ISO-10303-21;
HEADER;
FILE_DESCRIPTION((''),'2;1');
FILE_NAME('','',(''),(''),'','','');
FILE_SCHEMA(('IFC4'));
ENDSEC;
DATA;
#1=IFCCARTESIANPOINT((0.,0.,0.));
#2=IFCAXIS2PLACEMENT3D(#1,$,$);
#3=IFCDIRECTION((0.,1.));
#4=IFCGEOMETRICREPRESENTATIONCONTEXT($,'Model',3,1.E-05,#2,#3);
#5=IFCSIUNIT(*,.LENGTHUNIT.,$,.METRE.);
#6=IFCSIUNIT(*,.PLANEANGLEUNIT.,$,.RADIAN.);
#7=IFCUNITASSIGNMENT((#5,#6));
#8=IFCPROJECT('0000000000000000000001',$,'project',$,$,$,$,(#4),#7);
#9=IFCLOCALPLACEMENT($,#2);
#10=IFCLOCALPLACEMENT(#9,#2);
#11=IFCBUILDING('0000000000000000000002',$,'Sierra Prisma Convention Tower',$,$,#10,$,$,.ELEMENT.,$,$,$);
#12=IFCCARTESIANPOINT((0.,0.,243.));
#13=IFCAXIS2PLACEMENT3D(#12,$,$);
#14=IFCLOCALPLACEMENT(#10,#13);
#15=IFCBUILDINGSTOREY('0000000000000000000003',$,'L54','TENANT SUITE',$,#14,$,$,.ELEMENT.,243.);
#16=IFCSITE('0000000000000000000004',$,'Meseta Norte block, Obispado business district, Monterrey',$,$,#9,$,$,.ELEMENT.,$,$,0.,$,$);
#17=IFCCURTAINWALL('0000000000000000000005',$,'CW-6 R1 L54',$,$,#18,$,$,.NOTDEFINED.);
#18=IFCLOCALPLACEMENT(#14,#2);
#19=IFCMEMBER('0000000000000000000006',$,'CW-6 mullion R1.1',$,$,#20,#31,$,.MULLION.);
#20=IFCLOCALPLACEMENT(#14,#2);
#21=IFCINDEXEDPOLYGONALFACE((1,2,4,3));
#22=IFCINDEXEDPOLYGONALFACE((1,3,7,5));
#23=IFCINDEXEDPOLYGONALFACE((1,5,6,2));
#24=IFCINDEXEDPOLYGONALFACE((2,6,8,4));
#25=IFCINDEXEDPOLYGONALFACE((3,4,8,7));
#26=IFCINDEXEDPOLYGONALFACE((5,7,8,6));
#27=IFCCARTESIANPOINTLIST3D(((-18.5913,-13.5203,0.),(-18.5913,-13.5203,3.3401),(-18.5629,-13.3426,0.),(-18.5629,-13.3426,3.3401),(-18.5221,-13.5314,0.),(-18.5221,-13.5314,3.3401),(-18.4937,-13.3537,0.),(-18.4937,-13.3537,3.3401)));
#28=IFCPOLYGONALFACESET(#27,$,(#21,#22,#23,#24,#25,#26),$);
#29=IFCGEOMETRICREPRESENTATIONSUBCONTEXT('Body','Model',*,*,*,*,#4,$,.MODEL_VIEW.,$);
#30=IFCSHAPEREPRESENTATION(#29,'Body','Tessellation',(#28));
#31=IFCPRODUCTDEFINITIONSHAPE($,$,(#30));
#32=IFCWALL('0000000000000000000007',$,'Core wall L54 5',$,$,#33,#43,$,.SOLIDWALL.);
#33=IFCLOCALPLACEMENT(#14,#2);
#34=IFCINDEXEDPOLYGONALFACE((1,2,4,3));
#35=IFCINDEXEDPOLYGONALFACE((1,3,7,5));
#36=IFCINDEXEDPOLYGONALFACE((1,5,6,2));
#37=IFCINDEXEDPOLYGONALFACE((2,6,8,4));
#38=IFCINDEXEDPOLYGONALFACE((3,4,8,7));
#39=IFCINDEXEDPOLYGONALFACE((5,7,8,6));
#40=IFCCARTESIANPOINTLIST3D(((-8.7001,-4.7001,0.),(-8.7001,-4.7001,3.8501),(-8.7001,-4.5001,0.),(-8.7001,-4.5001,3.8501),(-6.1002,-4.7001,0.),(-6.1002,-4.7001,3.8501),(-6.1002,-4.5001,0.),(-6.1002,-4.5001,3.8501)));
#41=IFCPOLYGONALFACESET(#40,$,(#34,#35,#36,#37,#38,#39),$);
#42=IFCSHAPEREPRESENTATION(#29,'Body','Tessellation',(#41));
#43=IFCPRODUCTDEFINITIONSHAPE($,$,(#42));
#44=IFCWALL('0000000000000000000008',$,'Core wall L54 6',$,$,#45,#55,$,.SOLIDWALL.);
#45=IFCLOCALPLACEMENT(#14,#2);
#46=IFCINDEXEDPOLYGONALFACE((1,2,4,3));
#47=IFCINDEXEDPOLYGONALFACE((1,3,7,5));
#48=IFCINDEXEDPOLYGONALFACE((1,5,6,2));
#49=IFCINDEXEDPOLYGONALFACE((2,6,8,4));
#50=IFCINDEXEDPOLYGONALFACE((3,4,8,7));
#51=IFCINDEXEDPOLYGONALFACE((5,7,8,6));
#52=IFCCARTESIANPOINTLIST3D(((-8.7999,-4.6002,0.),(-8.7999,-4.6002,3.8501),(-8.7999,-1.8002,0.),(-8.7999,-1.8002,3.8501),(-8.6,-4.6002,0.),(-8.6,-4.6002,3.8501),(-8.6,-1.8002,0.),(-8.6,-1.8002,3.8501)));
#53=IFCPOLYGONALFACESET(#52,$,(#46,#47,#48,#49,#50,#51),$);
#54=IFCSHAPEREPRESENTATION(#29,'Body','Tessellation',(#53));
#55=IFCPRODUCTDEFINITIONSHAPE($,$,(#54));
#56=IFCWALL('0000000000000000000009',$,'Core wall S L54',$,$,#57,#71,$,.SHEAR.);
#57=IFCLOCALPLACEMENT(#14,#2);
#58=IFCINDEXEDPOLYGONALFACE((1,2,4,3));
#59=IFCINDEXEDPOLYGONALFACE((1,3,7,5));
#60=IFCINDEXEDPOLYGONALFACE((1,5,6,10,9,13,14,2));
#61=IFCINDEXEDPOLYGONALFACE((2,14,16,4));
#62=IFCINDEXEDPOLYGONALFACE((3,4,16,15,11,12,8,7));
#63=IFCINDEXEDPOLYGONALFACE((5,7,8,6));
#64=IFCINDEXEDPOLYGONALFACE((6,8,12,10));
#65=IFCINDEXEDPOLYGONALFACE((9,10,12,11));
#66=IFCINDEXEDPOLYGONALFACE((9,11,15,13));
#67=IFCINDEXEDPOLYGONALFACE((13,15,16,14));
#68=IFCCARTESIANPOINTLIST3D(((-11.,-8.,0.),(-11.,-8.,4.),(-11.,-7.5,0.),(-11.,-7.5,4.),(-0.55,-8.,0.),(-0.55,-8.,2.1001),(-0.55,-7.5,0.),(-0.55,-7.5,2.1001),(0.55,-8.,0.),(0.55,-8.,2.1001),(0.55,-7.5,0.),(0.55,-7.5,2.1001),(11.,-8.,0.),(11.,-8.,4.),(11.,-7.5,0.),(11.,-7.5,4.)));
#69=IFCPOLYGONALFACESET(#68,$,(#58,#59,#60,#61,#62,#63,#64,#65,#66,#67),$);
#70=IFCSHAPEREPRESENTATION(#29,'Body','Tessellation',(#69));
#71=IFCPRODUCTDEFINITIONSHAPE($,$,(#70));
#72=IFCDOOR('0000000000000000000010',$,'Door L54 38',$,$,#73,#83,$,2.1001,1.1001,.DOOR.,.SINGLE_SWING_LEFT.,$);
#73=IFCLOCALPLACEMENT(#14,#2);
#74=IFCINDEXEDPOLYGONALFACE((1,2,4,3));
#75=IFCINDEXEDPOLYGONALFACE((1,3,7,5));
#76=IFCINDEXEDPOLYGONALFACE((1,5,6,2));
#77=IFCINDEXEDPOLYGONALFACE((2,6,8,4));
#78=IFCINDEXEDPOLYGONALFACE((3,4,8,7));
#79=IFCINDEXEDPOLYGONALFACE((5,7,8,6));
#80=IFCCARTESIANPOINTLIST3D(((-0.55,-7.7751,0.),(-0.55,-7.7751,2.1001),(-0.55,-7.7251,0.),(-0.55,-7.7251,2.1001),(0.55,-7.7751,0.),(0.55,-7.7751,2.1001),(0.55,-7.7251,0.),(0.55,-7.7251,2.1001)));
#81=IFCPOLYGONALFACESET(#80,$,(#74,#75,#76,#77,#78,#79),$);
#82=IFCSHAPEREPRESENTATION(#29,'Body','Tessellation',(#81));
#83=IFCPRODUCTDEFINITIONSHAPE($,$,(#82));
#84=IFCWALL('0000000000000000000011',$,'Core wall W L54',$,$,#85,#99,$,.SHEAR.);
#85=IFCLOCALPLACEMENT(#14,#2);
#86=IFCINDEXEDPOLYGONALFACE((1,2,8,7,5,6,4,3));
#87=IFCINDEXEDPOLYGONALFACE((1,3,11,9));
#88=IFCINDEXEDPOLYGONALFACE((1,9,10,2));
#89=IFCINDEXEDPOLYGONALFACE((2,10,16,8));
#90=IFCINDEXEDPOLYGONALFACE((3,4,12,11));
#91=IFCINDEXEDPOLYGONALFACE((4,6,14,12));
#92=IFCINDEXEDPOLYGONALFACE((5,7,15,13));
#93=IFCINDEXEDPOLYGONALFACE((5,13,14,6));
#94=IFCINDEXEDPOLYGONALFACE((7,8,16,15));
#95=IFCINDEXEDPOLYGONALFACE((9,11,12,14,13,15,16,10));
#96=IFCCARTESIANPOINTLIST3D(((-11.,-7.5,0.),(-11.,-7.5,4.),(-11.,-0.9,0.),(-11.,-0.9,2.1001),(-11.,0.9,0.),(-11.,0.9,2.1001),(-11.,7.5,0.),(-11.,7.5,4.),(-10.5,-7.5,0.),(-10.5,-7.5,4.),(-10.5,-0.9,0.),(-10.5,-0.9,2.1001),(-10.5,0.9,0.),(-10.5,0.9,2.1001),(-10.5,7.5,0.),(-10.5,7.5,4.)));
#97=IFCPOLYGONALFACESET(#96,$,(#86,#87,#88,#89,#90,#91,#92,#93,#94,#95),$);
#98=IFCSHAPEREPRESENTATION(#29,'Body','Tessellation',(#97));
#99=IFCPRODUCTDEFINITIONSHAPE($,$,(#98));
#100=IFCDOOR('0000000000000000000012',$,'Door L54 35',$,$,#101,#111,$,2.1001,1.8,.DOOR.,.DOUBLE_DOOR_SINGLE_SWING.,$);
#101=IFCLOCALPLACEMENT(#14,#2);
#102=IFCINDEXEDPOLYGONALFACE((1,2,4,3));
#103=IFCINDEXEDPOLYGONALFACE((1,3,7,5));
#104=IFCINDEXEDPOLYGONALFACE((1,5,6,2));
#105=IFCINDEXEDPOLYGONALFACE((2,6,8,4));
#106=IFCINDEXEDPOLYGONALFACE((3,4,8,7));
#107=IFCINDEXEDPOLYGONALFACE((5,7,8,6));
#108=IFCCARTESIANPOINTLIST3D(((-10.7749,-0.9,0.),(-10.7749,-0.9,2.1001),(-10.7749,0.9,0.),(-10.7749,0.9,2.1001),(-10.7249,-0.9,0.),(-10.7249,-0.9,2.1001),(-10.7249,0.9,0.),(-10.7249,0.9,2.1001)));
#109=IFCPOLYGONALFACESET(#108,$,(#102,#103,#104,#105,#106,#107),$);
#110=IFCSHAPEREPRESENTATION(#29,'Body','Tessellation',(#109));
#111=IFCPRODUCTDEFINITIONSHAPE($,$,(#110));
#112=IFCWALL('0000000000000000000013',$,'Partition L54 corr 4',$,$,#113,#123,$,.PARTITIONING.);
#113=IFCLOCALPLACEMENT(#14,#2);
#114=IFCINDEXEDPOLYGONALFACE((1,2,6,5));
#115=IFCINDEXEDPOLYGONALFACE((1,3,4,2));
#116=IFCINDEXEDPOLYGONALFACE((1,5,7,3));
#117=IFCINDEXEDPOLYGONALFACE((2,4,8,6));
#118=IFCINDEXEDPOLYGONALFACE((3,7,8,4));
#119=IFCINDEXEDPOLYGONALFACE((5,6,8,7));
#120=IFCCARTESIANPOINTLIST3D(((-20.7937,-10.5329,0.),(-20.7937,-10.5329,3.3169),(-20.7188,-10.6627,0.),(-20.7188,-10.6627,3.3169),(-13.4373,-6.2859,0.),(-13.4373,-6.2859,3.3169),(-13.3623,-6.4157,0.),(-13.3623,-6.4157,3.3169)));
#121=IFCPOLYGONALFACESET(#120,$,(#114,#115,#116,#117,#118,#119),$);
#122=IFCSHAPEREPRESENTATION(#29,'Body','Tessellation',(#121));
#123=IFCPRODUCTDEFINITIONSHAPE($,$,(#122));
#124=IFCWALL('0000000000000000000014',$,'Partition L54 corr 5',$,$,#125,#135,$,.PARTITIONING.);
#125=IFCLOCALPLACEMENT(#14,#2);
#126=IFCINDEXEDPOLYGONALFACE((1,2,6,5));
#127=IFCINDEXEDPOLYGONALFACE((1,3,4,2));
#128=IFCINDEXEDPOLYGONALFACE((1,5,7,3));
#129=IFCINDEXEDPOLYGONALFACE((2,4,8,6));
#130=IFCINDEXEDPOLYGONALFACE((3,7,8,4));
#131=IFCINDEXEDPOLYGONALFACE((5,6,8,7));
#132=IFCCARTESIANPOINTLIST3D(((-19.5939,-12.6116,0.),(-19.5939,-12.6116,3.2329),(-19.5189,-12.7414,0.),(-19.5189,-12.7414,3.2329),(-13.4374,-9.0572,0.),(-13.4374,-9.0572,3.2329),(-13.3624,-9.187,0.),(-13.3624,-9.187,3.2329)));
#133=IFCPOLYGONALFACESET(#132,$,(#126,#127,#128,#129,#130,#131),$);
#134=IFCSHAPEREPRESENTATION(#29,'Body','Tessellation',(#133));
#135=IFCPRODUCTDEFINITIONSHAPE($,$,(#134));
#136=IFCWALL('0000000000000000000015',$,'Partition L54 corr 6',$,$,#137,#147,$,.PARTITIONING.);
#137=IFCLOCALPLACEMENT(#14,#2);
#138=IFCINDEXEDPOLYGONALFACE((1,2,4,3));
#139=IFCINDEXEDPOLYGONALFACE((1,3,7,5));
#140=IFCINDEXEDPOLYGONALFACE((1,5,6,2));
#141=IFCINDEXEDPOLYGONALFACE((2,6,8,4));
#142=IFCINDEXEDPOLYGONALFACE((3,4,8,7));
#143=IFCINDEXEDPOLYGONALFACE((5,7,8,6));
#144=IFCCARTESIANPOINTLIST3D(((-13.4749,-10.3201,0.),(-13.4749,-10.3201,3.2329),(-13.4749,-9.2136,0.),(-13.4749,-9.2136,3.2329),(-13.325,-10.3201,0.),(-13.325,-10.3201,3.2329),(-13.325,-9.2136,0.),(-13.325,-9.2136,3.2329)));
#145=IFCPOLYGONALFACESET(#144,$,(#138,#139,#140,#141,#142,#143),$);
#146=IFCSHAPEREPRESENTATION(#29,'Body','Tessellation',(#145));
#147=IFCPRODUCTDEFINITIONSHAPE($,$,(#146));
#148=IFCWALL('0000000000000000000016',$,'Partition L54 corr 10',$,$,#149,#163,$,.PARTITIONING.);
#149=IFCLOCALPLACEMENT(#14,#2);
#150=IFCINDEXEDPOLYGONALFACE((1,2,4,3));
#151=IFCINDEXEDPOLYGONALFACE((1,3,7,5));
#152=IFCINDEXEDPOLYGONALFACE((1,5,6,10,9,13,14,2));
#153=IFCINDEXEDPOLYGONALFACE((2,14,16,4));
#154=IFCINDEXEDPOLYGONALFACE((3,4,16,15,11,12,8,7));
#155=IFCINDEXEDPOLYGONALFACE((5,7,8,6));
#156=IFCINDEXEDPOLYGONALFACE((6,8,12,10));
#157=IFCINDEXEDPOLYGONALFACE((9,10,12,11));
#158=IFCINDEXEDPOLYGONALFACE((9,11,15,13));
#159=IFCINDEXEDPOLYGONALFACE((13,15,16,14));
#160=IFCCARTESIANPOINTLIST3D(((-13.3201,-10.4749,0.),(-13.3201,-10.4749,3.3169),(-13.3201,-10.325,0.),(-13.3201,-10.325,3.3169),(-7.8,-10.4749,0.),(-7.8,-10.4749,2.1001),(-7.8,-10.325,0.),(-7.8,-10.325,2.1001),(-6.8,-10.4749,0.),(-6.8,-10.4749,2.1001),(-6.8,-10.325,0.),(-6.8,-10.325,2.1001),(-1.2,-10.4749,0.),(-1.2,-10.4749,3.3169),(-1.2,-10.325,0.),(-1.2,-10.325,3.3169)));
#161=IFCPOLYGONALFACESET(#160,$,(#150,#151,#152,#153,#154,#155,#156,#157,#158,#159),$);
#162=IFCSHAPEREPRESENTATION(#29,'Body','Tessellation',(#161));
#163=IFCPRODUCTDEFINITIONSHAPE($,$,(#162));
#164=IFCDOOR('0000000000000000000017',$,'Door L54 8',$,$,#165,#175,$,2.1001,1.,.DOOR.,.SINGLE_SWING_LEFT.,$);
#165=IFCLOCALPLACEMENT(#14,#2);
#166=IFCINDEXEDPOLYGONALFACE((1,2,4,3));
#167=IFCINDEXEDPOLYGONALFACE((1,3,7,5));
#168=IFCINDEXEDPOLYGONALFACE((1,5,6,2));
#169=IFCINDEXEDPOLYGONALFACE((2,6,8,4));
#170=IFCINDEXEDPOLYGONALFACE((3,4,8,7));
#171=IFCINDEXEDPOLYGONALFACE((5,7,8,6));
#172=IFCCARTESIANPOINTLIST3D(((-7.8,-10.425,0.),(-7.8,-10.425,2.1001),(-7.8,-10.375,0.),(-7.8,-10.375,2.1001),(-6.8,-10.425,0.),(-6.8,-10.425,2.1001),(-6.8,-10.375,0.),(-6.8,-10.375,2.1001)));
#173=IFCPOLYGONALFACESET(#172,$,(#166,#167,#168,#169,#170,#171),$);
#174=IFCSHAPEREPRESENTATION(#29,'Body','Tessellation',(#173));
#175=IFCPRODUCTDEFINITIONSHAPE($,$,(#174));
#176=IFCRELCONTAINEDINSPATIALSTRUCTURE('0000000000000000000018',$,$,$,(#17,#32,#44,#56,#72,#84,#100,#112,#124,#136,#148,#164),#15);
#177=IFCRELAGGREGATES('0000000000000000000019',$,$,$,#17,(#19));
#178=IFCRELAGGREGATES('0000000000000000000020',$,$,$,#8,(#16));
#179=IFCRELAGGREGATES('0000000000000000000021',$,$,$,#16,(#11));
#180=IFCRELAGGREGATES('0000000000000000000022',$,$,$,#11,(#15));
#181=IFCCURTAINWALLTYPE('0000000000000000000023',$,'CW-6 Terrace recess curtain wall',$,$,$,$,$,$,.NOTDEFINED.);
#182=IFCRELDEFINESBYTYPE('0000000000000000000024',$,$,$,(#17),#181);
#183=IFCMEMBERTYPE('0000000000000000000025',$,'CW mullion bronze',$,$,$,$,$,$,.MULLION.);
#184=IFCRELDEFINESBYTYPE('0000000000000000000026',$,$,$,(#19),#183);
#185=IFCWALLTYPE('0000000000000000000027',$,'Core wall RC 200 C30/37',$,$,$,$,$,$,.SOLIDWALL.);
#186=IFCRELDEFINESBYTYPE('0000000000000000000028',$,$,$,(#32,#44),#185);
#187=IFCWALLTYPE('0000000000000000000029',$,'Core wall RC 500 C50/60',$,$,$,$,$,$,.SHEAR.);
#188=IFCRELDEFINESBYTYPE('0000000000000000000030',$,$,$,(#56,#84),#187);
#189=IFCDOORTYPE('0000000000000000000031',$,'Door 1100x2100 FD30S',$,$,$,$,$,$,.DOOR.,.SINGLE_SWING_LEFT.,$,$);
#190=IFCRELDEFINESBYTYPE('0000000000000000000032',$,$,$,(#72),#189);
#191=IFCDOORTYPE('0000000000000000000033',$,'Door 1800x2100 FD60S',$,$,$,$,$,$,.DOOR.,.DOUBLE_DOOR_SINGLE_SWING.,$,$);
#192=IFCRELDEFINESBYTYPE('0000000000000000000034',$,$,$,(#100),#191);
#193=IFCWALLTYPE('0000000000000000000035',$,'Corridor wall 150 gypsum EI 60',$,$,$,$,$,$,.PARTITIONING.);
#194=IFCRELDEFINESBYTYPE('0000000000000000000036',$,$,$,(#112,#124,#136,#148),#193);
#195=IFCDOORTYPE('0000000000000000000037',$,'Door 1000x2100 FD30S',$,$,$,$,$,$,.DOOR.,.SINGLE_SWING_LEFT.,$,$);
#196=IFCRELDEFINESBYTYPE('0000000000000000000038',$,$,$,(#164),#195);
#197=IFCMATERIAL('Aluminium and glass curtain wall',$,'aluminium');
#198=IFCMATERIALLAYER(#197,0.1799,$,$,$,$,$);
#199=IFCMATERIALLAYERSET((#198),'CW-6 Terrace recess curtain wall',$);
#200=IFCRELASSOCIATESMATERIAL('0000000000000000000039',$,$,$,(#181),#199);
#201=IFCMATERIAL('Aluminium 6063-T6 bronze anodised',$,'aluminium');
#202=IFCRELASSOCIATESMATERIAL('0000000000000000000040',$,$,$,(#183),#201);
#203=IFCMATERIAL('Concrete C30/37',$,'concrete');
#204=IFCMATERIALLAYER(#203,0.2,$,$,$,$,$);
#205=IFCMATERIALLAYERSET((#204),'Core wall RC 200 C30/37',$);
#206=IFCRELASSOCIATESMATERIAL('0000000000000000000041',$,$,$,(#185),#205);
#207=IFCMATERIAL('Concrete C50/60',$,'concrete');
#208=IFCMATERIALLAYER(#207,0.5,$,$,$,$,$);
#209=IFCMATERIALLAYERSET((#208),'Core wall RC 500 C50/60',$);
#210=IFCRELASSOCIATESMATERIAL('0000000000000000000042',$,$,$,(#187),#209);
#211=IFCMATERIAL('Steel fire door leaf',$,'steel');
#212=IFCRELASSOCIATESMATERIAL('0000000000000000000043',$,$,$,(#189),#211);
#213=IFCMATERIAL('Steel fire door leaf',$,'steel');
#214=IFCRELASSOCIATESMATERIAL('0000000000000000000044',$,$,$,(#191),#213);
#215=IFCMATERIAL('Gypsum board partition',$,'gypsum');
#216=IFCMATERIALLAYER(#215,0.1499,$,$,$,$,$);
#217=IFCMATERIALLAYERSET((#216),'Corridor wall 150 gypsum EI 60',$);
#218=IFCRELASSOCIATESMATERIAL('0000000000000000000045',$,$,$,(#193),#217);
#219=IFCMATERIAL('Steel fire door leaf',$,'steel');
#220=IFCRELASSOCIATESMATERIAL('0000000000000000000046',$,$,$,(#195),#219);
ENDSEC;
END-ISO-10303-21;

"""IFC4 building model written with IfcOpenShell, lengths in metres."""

from ifc_helpers import new_model, si_unit, direction, frame, frame_2d, origin, origin_2d, place, context, subcontext, project, spatial, rectangle, extrude, material, layer, layer_set, material_profile, profile_set, type_object, element, fill, aggregate, save


model = new_model("IFC4")

# Units and contexts
model_context = context("Model", 3, precision=1e-05, world=origin(), true_north=direction((0.0, 1.0)))
body_context = subcontext(model_context, "Body", "Model", "MODEL_VIEW")
ifc_project = project(units=[si_unit("LENGTHUNIT", "METRE"), si_unit("PLANEANGLEUNIT", "RADIAN")], contexts=[model_context])

# Site, building, storey
site_placement = place(None, origin())
site = spatial("IfcSite", under=ifc_project, at=site_placement, Name="Meseta Norte block, Obispado business district, Monterrey", CompositionType="ELEMENT", RefElevation=0.0)
building_placement = place(site_placement, origin())
building = spatial("IfcBuilding", under=site, at=building_placement, Name="Sierra Prisma Convention Tower", CompositionType="ELEMENT")
storey_placement = place(building_placement, frame((0.0, 0.0, 243.0)))
storey = spatial("IfcBuildingStorey", under=building, at=storey_placement, Name="L54", Description="TENANT SUITE", CompositionType="ELEMENT", Elevation=243.0)

# Curtain wall, member
ifc_material_1 = material(Name="Aluminium and glass curtain wall", Category="aluminium")
ifc_layer_1 = layer(ifc_material_1, 0.1799)
ifc_layer_set_1 = layer_set([ifc_layer_1], Name="CW-6 Terrace recess curtain wall")
curtain_wall_type = type_object("IfcCurtainWallType", Name="CW-6 Terrace recess curtain wall", PredefinedType="NOTDEFINED", material=ifc_layer_set_1)
curtain_wall_placement = place(storey_placement, origin())
curtain_wall = element("IfcCurtainWall", 1, at=curtain_wall_placement, inside=storey, type_object=curtain_wall_type, Name="CW-6 R1 L54", PredefinedType="NOTDEFINED")
ifc_material_2 = material(Name="Aluminium 6063-T6 bronze anodised", Category="aluminium")
ifc_material_profile = material_profile(ifc_material_2, rectangle(XDim=0.1799, YDim=0.0701, at=origin_2d()), Name="ALU MULLION 70x180")
ifc_profile_set = profile_set([ifc_material_profile], Name="Aluminium 6063-T6 bronze anodised")
member_type = type_object("IfcMemberType", Name="CW mullion bronze", PredefinedType="MULLION", material=ifc_profile_set)
member_placement = place(storey_placement, frame((-18.5425, -13.437, 0.0), z_axis=(0.0, 0.0, 1.0), x_axis=(0.157853, 0.987463, 0.0)))
member = element("IfcMember", 2, at=member_placement, type_object=member_type, Name="CW-6 mullion R1.1", PredefinedType="MULLION", context=body_context, shape_type="SweptSolid", body=[
    extrude(rectangle(XDim=0.1799, YDim=0.0701, at=origin_2d()), origin(), (0.0, 0.0, 1.0), 3.3401),
])
aggregate(curtain_wall, [member])

# Shared definitions
ifc_material_3 = material(Name="Concrete C30/37", Category="concrete")
ifc_layer_2 = layer(ifc_material_3, 0.2)
ifc_layer_set_2 = layer_set([ifc_layer_2], Name="Core wall RC 200 C30/37")
wall_type_1 = type_object("IfcWallType", Name="Core wall RC 200 C30/37", PredefinedType="SOLIDWALL", material=ifc_layer_set_2)

# Walls
wall_1_placement = place(storey_placement, frame((-8.7, -4.6001, 0.0), z_axis=(0.0, 0.0, 1.0), x_axis=(1.0, 0.0, 0.0)))
element("IfcWall", 3, at=wall_1_placement, inside=storey, type_object=wall_type_1, Name="Core wall L54 5", PredefinedType="SOLIDWALL", context=body_context, shape_type="SweptSolid", body=[
    extrude(rectangle(XDim=2.5999, YDim=0.2, at=frame_2d((1.2998, 0.0))), origin(), (0.0, 0.0, 1.0), 3.8501),
])
wall_2_placement = place(storey_placement, frame((-8.7, -4.6001, 0.0), z_axis=(0.0, 0.0, 1.0), x_axis=(0.0, 1.0, 0.0)))
element("IfcWall", 4, at=wall_2_placement, inside=storey, type_object=wall_type_1, Name="Core wall L54 6", PredefinedType="SOLIDWALL", context=body_context, shape_type="SweptSolid", body=[
    extrude(rectangle(XDim=2.8, YDim=0.2, at=frame_2d((1.3999, 0.0))), origin(), (0.0, 0.0, 1.0), 3.8501),
])

# Walls, openings, doors
ifc_material_4 = material(Name="Concrete C50/60", Category="concrete")
ifc_layer_3 = layer(ifc_material_4, 0.5)
ifc_layer_set_3 = layer_set([ifc_layer_3], Name="Core wall RC 500 C50/60")
wall_type_2 = type_object("IfcWallType", Name="Core wall RC 500 C50/60", PredefinedType="SHEAR", material=ifc_layer_set_3)
wall_3_placement = place(storey_placement, frame((-11.0, -7.75, 0.0), z_axis=(0.0, 0.0, 1.0), x_axis=(1.0, 0.0, 0.0)))
wall_3 = element("IfcWall", 5, at=wall_3_placement, inside=storey, type_object=wall_type_2, Name="Core wall S L54", PredefinedType="SHEAR", context=body_context, shape_type="SweptSolid", body=[
    extrude(rectangle(XDim=22.0, YDim=0.5, at=frame_2d((11.0, 0.0))), origin(), (0.0, 0.0, 1.0), 4.0),
])
opening_1_placement = place(wall_3_placement, frame((10.45, 0.0, 0.0)))
opening_1 = element("IfcOpeningElement", 6, at=opening_1_placement, cuts=wall_3, PredefinedType="OPENING", context=body_context, shape_type="SweptSolid", body=[
    extrude(rectangle(XDim=1.1001, YDim=2.1001, at=frame_2d((0.55, 1.05))), frame((0.0, 0.25, 0.0), z_axis=(0.0, -1.0, 0.0), x_axis=(1.0, 0.0, 0.0)), (0.0, 0.0, 1.0), 0.5),
])
ifc_material_5 = material(Name="Steel fire door leaf", Category="steel")
door_type_1 = type_object("IfcDoorType", Name="Door 1100x2100 FD30S", OperationType="SINGLE_SWING_LEFT", PredefinedType="DOOR", material=ifc_material_5)
door_1_placement = place(opening_1_placement, origin())
door_1 = element("IfcDoor", 7, at=door_1_placement, inside=storey, type_object=door_type_1, Name="Door L54 38", OperationType="SINGLE_SWING_LEFT", OverallHeight=2.1001, OverallWidth=1.1001, PredefinedType="DOOR", context=body_context, shape_type="SweptSolid", body=[
    extrude(rectangle(XDim=1.1001, YDim=2.1001, at=frame_2d((0.55, 1.05))), frame((0.0, 0.0249, 0.0), z_axis=(0.0, -1.0, 0.0), x_axis=(1.0, 0.0, 0.0)), (0.0, 0.0, 1.0), 0.05),
])
fill(opening_1, door_1)
wall_4_placement = place(storey_placement, frame((-10.75, -7.5, 0.0), z_axis=(0.0, 0.0, 1.0), x_axis=(0.0, 1.0, 0.0)))
wall_4 = element("IfcWall", 8, at=wall_4_placement, inside=storey, type_object=wall_type_2, Name="Core wall W L54", PredefinedType="SHEAR", context=body_context, shape_type="SweptSolid", body=[
    extrude(rectangle(XDim=15.0, YDim=0.5, at=frame_2d((7.5, 0.0))), origin(), (0.0, 0.0, 1.0), 4.0),
])
opening_2_placement = place(wall_4_placement, frame((6.6001, 0.0, 0.0)))
opening_2 = element("IfcOpeningElement", 9, at=opening_2_placement, cuts=wall_4, PredefinedType="OPENING", context=body_context, shape_type="SweptSolid", body=[
    extrude(rectangle(XDim=1.8, YDim=2.1001, at=frame_2d((0.8999, 1.05))), frame((0.0, 0.25, 0.0), z_axis=(0.0, -1.0, 0.0), x_axis=(1.0, 0.0, 0.0)), (0.0, 0.0, 1.0), 0.5),
])
ifc_material_6 = material(Name="Steel fire door leaf", Category="steel")
door_type_2 = type_object("IfcDoorType", Name="Door 1800x2100 FD60S", OperationType="DOUBLE_DOOR_SINGLE_SWING", PredefinedType="DOOR", material=ifc_material_6)
door_2_placement = place(opening_2_placement, origin())
door_2 = element("IfcDoor", 10, at=door_2_placement, inside=storey, type_object=door_type_2, Name="Door L54 35", OperationType="DOUBLE_DOOR_SINGLE_SWING", OverallHeight=2.1001, OverallWidth=1.8, PredefinedType="DOOR", context=body_context, shape_type="SweptSolid", body=[
    extrude(rectangle(XDim=1.8, YDim=2.1001, at=frame_2d((0.8999, 1.05))), frame((0.0, 0.0249, 0.0), z_axis=(0.0, -1.0, 0.0), x_axis=(1.0, 0.0, 0.0)), (0.0, 0.0, 1.0), 0.05),
])
fill(opening_2, door_2)

# Walls
ifc_material_7 = material(Name="Gypsum board partition", Category="gypsum")
ifc_layer_4 = layer(ifc_material_7, 0.1499)
ifc_layer_set_4 = layer_set([ifc_layer_4], Name="Corridor wall 150 gypsum EI 60")
wall_type_3 = type_object("IfcWallType", Name="Corridor wall 150 gypsum EI 60", PredefinedType="PARTITIONING", material=ifc_layer_set_4)
wall_5_placement = place(storey_placement, frame((-13.3999, -6.3508, 0.0), z_axis=(0.0, 0.0, 1.0), x_axis=(-0.866034, -0.499985, 0.0)))
element("IfcWall", 11, at=wall_5_placement, inside=storey, type_object=wall_type_3, Name="Partition L54 corr 4", PredefinedType="PARTITIONING", context=body_context, shape_type="SweptSolid", body=[
    extrude(rectangle(XDim=8.4944, YDim=0.1499, at=frame_2d((4.2471, 0.0))), origin(), (0.0, 0.0, 1.0), 3.3169),
])
wall_6_placement = place(storey_placement, frame((-19.5564, -12.6765, 0.0), z_axis=(0.0, 0.0, 1.0), x_axis=(0.866026, 0.499999, 0.0)))
element("IfcWall", 12, at=wall_6_placement, inside=storey, type_object=wall_type_3, Name="Partition L54 corr 5", PredefinedType="PARTITIONING", context=body_context, shape_type="SweptSolid", body=[
    extrude(rectangle(XDim=7.1089, YDim=0.1499, at=frame_2d((3.5544, 0.0))), origin(), (0.0, 0.0, 1.0), 3.2329),
])
wall_7_placement = place(storey_placement, frame((-13.3999, -9.2136, 0.0), z_axis=(0.0, 0.0, 1.0), x_axis=(0.0, -1.0, 0.0)))
element("IfcWall", 13, at=wall_7_placement, inside=storey, type_object=wall_type_3, Name="Partition L54 corr 6", PredefinedType="PARTITIONING", context=body_context, shape_type="SweptSolid", body=[
    extrude(rectangle(XDim=1.1064, YDim=0.1499, at=frame_2d((0.5532, 0.0))), origin(), (0.0, 0.0, 1.0), 3.2329),
])

# Wall, opening, door
wall_8_placement = place(storey_placement, frame((-13.3201, -10.3999, 0.0), z_axis=(0.0, 0.0, 1.0), x_axis=(1.0, 0.0, 0.0)))
wall_8 = element("IfcWall", 14, at=wall_8_placement, inside=storey, type_object=wall_type_3, Name="Partition L54 corr 10", PredefinedType="PARTITIONING", context=body_context, shape_type="SweptSolid", body=[
    extrude(rectangle(XDim=12.1201, YDim=0.1499, at=frame_2d((6.0601, 0.0))), origin(), (0.0, 0.0, 1.0), 3.3169),
])
opening_3_placement = place(wall_8_placement, frame((5.52, 0.0, 0.0)))
opening_3 = element("IfcOpeningElement", 15, at=opening_3_placement, cuts=wall_8, PredefinedType="OPENING", context=body_context, shape_type="SweptSolid", body=[
    extrude(rectangle(XDim=1.0, YDim=2.1001, at=frame_2d((0.5, 1.05))), frame((0.0, 0.075, 0.0), z_axis=(0.0, -1.0, 0.0), x_axis=(1.0, 0.0, 0.0)), (0.0, 0.0, 1.0), 0.1499),
])
ifc_material_8 = material(Name="Steel fire door leaf", Category="steel")
door_type_3 = type_object("IfcDoorType", Name="Door 1000x2100 FD30S", OperationType="SINGLE_SWING_LEFT", PredefinedType="DOOR", material=ifc_material_8)
door_3_placement = place(opening_3_placement, origin())
door_3 = element("IfcDoor", 16, at=door_3_placement, inside=storey, type_object=door_type_3, Name="Door L54 8", OperationType="SINGLE_SWING_LEFT", OverallHeight=2.1001, OverallWidth=1.0, PredefinedType="DOOR", context=body_context, shape_type="SweptSolid", body=[
    extrude(rectangle(XDim=1.0, YDim=2.1001, at=frame_2d((0.5, 1.05))), frame((0.0, 0.0249, 0.0), z_axis=(0.0, -1.0, 0.0), x_axis=(1.0, 0.0, 0.0)), (0.0, 0.0, 1.0), 0.05),
])
fill(opening_3, door_3)

save(model, "model.ifc")
